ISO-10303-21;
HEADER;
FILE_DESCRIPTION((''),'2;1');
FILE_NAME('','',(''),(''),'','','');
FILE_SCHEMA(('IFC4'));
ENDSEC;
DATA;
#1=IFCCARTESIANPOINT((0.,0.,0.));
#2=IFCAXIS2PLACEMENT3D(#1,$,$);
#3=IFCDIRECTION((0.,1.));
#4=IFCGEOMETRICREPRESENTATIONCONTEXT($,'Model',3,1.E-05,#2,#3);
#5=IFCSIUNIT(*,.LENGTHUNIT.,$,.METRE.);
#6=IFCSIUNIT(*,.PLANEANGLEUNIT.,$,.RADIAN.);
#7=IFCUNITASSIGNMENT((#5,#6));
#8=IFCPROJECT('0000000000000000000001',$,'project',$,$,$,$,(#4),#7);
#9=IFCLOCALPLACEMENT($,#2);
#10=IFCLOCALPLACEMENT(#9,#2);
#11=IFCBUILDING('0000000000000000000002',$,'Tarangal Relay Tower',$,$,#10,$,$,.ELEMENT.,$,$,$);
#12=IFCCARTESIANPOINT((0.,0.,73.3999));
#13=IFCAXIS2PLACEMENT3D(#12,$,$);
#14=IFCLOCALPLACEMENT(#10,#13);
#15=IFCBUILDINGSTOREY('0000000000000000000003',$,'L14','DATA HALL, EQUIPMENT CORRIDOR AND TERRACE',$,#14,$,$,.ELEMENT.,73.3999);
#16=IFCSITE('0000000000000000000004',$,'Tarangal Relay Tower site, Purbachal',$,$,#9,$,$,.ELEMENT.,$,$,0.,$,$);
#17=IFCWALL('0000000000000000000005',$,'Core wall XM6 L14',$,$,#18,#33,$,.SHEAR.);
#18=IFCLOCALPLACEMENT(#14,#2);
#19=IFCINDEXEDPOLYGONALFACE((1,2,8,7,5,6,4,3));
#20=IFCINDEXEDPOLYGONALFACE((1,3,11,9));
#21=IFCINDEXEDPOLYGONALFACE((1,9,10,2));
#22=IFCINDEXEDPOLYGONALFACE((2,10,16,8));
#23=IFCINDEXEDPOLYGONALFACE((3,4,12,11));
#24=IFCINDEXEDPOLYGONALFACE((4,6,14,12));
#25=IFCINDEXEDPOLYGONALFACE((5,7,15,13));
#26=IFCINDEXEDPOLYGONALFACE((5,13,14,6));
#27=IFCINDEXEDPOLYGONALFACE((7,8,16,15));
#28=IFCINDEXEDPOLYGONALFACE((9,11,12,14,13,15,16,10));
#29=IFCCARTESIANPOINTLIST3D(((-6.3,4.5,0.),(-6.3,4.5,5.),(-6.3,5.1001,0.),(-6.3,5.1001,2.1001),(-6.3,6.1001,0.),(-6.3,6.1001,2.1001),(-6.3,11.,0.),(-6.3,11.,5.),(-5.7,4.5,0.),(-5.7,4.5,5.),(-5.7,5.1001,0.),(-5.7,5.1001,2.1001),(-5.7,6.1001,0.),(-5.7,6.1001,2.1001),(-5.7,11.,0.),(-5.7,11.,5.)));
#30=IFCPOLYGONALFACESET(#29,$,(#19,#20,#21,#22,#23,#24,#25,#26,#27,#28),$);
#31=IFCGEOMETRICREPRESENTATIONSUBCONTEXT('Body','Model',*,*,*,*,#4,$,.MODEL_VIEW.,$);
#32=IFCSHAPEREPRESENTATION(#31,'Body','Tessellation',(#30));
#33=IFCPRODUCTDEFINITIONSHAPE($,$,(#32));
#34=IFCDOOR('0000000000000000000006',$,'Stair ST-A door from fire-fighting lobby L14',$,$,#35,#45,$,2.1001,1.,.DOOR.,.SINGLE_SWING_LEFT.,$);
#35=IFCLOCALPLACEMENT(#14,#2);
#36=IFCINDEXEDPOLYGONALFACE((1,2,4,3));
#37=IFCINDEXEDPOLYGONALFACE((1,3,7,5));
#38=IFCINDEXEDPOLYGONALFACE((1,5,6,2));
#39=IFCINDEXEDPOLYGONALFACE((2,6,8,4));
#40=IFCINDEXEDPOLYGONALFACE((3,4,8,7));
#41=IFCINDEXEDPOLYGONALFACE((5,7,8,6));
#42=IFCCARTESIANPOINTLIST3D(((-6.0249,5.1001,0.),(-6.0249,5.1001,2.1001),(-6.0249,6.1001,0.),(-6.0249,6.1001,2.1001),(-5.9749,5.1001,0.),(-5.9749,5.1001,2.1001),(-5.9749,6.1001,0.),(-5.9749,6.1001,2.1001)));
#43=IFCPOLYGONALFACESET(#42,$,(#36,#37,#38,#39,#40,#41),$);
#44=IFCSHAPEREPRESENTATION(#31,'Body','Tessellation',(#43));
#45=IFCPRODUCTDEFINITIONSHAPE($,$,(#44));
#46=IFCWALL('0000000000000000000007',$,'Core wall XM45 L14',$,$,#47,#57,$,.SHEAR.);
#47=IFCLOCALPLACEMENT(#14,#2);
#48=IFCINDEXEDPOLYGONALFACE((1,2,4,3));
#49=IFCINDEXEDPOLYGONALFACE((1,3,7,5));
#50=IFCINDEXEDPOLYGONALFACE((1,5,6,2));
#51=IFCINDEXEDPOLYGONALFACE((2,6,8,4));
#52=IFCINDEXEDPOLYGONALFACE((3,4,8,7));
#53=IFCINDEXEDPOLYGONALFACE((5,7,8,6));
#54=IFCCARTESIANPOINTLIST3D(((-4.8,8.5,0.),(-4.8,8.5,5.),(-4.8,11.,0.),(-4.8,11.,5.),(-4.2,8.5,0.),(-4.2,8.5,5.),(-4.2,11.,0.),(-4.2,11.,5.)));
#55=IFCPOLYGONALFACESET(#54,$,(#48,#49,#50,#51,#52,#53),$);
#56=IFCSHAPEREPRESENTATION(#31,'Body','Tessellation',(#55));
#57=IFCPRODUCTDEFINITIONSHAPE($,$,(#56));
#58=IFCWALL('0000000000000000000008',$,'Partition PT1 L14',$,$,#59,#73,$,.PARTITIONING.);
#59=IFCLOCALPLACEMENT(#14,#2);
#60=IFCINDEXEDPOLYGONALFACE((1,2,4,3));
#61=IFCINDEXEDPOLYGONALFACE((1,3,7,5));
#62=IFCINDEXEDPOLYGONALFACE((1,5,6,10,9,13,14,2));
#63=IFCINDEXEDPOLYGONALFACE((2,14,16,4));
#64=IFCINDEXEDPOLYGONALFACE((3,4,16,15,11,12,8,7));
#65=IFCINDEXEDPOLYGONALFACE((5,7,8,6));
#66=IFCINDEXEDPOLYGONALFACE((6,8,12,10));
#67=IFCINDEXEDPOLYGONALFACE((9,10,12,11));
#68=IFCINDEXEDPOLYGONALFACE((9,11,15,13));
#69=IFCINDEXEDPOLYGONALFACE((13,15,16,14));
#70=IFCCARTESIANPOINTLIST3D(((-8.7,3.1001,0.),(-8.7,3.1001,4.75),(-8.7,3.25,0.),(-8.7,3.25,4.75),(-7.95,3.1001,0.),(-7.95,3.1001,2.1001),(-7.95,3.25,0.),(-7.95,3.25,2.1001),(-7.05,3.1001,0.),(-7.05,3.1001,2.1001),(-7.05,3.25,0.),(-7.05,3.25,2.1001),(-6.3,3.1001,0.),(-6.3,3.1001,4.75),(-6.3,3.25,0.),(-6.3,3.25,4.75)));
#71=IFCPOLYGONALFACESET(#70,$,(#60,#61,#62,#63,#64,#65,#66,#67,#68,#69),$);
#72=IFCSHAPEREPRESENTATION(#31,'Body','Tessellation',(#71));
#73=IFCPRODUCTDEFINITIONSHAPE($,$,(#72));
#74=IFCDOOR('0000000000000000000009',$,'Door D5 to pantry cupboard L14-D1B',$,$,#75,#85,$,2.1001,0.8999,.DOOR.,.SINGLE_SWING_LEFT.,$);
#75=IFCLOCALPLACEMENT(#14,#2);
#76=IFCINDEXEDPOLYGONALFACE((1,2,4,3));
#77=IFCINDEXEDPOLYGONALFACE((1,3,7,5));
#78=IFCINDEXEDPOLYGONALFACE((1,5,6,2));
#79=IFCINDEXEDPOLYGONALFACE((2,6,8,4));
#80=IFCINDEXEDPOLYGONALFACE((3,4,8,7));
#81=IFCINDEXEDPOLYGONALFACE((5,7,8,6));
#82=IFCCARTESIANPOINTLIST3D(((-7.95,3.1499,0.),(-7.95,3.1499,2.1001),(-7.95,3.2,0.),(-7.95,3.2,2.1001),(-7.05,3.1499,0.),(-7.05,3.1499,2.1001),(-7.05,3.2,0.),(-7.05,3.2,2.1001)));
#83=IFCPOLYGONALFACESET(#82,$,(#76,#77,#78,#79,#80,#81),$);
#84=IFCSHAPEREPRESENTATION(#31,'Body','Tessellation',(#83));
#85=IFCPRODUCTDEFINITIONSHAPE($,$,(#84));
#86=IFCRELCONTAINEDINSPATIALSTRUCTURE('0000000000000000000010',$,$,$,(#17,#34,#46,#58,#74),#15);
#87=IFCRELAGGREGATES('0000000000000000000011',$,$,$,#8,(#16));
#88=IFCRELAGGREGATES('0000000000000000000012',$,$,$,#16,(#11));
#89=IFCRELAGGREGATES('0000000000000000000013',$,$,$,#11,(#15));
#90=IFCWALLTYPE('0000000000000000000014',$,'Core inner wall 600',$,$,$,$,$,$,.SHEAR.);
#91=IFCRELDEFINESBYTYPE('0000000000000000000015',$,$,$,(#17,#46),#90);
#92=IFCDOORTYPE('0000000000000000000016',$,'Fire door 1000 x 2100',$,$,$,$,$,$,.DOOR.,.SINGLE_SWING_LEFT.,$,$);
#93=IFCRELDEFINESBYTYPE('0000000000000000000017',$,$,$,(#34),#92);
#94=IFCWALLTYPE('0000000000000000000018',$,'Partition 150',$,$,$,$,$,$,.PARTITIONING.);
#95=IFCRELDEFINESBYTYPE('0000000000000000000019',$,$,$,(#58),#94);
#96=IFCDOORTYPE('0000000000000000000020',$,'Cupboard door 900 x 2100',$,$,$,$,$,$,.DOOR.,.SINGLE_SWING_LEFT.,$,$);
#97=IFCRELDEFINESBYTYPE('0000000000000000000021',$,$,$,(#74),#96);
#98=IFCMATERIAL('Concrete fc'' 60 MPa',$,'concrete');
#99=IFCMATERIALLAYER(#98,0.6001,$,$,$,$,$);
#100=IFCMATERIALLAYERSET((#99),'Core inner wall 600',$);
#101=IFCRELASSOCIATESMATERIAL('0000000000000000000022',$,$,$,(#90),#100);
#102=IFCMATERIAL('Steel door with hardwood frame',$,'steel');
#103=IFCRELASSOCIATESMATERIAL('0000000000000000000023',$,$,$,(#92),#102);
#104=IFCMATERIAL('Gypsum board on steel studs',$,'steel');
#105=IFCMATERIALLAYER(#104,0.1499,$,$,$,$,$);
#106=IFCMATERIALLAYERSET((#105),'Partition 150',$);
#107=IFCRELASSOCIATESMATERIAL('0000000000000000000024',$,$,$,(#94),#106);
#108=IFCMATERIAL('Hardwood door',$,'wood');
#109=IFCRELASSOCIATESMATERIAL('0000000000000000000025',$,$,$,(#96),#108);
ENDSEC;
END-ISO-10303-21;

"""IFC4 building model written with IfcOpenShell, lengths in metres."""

from ifc_helpers import new_model, si_unit, direction, frame, frame_2d, origin, place, context, subcontext, project, spatial, rectangle, extrude, material, layer, layer_set, type_object, element, fill, save


model = new_model("IFC4")

# Units and contexts
model_context = context("Model", 3, precision=1e-05, world=origin(), true_north=direction((0.0, 1.0)))
body_context = subcontext(model_context, "Body", "Model", "MODEL_VIEW")
ifc_project = project(units=[si_unit("LENGTHUNIT", "METRE"), si_unit("PLANEANGLEUNIT", "RADIAN")], contexts=[model_context])

# Site, building, storey
site_placement = place(None, origin())
site = spatial("IfcSite", under=ifc_project, at=site_placement, Name="Tarangal Relay Tower site, Purbachal", CompositionType="ELEMENT", RefElevation=0.0)
building_placement = place(site_placement, origin())
building = spatial("IfcBuilding", under=site, at=building_placement, Name="Tarangal Relay Tower", CompositionType="ELEMENT")
storey_placement = place(building_placement, frame((0.0, 0.0, 73.3999)))
storey = spatial("IfcBuildingStorey", under=building, at=storey_placement, Name="L14", Description="DATA HALL, EQUIPMENT CORRIDOR AND TERRACE", CompositionType="ELEMENT", Elevation=73.3999)

# Shared definitions
ifc_material_1 = material(Name="Concrete fc' 60 MPa", Category="concrete")
ifc_layer_1 = layer(ifc_material_1, 0.6001)
ifc_layer_set_1 = layer_set([ifc_layer_1], Name="Core inner wall 600")
wall_type_1 = type_object("IfcWallType", Name="Core inner wall 600", PredefinedType="SHEAR", material=ifc_layer_set_1)
ifc_material_2 = material(Name="Steel door with hardwood frame", Category="steel")

# Wall, opening, door
wall_1_placement = place(storey_placement, frame((-6.0, 4.5, 0.0), z_axis=(0.0, 0.0, 1.0), x_axis=(0.0, 1.0, 0.0)))
wall_1 = element("IfcWall", 1, at=wall_1_placement, inside=storey, type_object=wall_type_1, Name="Core wall XM6 L14", PredefinedType="SHEAR", context=body_context, shape_type="SweptSolid", body=[
    extrude(rectangle(XDim=6.5, YDim=0.6001, at=frame_2d((3.25, 0.0))), origin(), (0.0, 0.0, 1.0), 5.0),
])
opening_1_placement = place(wall_1_placement, frame((0.6001, 0.0, 0.0)))
opening_1 = element("IfcOpeningElement", 2, at=opening_1_placement, cuts=wall_1, PredefinedType="OPENING", context=body_context, shape_type="SweptSolid", body=[
    extrude(rectangle(XDim=1.0, YDim=2.1001, at=frame_2d((0.5, 1.05))), frame((0.0, 0.3101, 0.0), z_axis=(0.0, -1.0, 0.0), x_axis=(1.0, 0.0, 0.0)), (0.0, 0.0, 1.0), 0.6201),
])
door_type_1 = type_object("IfcDoorType", Name="Fire door 1000 x 2100", OperationType="SINGLE_SWING_LEFT", PredefinedType="DOOR", material=ifc_material_2)
door_1_placement = place(opening_1_placement, origin())
door_1 = element("IfcDoor", 3, at=door_1_placement, inside=storey, type_object=door_type_1, Name="Stair ST-A door from fire-fighting lobby L14", OperationType="SINGLE_SWING_LEFT", OverallHeight=2.1001, OverallWidth=1.0, PredefinedType="DOOR", context=body_context, shape_type="SweptSolid", body=[
    extrude(rectangle(XDim=1.0, YDim=2.1001, at=frame_2d((0.5, 1.05))), frame((0.0, 0.0249, 0.0), z_axis=(0.0, -1.0, 0.0), x_axis=(1.0, 0.0, 0.0)), (0.0, 0.0, 1.0), 0.05),
])
fill(opening_1, door_1)

# Wall
wall_2_placement = place(storey_placement, frame((-4.5, 8.5, 0.0), z_axis=(0.0, 0.0, 1.0), x_axis=(0.0, 1.0, 0.0)))
element("IfcWall", 4, at=wall_2_placement, inside=storey, type_object=wall_type_1, Name="Core wall XM45 L14", PredefinedType="SHEAR", context=body_context, shape_type="SweptSolid", body=[
    extrude(rectangle(XDim=2.5, YDim=0.6001, at=frame_2d((1.25, 0.0))), origin(), (0.0, 0.0, 1.0), 5.0),
])

# Wall, opening, door
ifc_material_3 = material(Name="Gypsum board on steel studs", Category="steel")
ifc_layer_2 = layer(ifc_material_3, 0.1499)
ifc_layer_set_2 = layer_set([ifc_layer_2], Name="Partition 150")
wall_type_2 = type_object("IfcWallType", Name="Partition 150", PredefinedType="PARTITIONING", material=ifc_layer_set_2)
wall_3_placement = place(storey_placement, frame((-8.7, 3.175, 0.0), z_axis=(0.0, 0.0, 1.0), x_axis=(1.0, 0.0, 0.0)))
wall_3 = element("IfcWall", 5, at=wall_3_placement, inside=storey, type_object=wall_type_2, Name="Partition PT1 L14", PredefinedType="PARTITIONING", context=body_context, shape_type="SweptSolid", body=[
    extrude(rectangle(XDim=2.3999, YDim=0.1499, at=frame_2d((1.2, 0.0))), origin(), (0.0, 0.0, 1.0), 4.75),
])
opening_2_placement = place(wall_3_placement, frame((0.75, 0.0, 0.0)))
opening_2 = element("IfcOpeningElement", 6, at=opening_2_placement, cuts=wall_3, PredefinedType="OPENING", context=body_context, shape_type="SweptSolid", body=[
    extrude(rectangle(XDim=0.8999, YDim=2.1001, at=frame_2d((0.45, 1.05))), frame((0.0, 0.085, 0.0), z_axis=(0.0, -1.0, 0.0), x_axis=(1.0, 0.0, 0.0)), (0.0, 0.0, 1.0), 0.1699),
])
ifc_material_4 = material(Name="Hardwood door", Category="wood")
door_type_2 = type_object("IfcDoorType", Name="Cupboard door 900 x 2100", OperationType="SINGLE_SWING_LEFT", PredefinedType="DOOR", material=ifc_material_4)
door_2_placement = place(opening_2_placement, origin())
door_2 = element("IfcDoor", 7, at=door_2_placement, inside=storey, type_object=door_type_2, Name="Door D5 to pantry cupboard L14-D1B", OperationType="SINGLE_SWING_LEFT", OverallHeight=2.1001, OverallWidth=0.8999, PredefinedType="DOOR", context=body_context, shape_type="SweptSolid", body=[
    extrude(rectangle(XDim=0.8999, YDim=2.1001, at=frame_2d((0.45, 1.05))), frame((0.0, 0.0249, 0.0), z_axis=(0.0, -1.0, 0.0), x_axis=(1.0, 0.0, 0.0)), (0.0, 0.0, 1.0), 0.05),
])
fill(opening_2, door_2)

save(model, "model.ifc")
